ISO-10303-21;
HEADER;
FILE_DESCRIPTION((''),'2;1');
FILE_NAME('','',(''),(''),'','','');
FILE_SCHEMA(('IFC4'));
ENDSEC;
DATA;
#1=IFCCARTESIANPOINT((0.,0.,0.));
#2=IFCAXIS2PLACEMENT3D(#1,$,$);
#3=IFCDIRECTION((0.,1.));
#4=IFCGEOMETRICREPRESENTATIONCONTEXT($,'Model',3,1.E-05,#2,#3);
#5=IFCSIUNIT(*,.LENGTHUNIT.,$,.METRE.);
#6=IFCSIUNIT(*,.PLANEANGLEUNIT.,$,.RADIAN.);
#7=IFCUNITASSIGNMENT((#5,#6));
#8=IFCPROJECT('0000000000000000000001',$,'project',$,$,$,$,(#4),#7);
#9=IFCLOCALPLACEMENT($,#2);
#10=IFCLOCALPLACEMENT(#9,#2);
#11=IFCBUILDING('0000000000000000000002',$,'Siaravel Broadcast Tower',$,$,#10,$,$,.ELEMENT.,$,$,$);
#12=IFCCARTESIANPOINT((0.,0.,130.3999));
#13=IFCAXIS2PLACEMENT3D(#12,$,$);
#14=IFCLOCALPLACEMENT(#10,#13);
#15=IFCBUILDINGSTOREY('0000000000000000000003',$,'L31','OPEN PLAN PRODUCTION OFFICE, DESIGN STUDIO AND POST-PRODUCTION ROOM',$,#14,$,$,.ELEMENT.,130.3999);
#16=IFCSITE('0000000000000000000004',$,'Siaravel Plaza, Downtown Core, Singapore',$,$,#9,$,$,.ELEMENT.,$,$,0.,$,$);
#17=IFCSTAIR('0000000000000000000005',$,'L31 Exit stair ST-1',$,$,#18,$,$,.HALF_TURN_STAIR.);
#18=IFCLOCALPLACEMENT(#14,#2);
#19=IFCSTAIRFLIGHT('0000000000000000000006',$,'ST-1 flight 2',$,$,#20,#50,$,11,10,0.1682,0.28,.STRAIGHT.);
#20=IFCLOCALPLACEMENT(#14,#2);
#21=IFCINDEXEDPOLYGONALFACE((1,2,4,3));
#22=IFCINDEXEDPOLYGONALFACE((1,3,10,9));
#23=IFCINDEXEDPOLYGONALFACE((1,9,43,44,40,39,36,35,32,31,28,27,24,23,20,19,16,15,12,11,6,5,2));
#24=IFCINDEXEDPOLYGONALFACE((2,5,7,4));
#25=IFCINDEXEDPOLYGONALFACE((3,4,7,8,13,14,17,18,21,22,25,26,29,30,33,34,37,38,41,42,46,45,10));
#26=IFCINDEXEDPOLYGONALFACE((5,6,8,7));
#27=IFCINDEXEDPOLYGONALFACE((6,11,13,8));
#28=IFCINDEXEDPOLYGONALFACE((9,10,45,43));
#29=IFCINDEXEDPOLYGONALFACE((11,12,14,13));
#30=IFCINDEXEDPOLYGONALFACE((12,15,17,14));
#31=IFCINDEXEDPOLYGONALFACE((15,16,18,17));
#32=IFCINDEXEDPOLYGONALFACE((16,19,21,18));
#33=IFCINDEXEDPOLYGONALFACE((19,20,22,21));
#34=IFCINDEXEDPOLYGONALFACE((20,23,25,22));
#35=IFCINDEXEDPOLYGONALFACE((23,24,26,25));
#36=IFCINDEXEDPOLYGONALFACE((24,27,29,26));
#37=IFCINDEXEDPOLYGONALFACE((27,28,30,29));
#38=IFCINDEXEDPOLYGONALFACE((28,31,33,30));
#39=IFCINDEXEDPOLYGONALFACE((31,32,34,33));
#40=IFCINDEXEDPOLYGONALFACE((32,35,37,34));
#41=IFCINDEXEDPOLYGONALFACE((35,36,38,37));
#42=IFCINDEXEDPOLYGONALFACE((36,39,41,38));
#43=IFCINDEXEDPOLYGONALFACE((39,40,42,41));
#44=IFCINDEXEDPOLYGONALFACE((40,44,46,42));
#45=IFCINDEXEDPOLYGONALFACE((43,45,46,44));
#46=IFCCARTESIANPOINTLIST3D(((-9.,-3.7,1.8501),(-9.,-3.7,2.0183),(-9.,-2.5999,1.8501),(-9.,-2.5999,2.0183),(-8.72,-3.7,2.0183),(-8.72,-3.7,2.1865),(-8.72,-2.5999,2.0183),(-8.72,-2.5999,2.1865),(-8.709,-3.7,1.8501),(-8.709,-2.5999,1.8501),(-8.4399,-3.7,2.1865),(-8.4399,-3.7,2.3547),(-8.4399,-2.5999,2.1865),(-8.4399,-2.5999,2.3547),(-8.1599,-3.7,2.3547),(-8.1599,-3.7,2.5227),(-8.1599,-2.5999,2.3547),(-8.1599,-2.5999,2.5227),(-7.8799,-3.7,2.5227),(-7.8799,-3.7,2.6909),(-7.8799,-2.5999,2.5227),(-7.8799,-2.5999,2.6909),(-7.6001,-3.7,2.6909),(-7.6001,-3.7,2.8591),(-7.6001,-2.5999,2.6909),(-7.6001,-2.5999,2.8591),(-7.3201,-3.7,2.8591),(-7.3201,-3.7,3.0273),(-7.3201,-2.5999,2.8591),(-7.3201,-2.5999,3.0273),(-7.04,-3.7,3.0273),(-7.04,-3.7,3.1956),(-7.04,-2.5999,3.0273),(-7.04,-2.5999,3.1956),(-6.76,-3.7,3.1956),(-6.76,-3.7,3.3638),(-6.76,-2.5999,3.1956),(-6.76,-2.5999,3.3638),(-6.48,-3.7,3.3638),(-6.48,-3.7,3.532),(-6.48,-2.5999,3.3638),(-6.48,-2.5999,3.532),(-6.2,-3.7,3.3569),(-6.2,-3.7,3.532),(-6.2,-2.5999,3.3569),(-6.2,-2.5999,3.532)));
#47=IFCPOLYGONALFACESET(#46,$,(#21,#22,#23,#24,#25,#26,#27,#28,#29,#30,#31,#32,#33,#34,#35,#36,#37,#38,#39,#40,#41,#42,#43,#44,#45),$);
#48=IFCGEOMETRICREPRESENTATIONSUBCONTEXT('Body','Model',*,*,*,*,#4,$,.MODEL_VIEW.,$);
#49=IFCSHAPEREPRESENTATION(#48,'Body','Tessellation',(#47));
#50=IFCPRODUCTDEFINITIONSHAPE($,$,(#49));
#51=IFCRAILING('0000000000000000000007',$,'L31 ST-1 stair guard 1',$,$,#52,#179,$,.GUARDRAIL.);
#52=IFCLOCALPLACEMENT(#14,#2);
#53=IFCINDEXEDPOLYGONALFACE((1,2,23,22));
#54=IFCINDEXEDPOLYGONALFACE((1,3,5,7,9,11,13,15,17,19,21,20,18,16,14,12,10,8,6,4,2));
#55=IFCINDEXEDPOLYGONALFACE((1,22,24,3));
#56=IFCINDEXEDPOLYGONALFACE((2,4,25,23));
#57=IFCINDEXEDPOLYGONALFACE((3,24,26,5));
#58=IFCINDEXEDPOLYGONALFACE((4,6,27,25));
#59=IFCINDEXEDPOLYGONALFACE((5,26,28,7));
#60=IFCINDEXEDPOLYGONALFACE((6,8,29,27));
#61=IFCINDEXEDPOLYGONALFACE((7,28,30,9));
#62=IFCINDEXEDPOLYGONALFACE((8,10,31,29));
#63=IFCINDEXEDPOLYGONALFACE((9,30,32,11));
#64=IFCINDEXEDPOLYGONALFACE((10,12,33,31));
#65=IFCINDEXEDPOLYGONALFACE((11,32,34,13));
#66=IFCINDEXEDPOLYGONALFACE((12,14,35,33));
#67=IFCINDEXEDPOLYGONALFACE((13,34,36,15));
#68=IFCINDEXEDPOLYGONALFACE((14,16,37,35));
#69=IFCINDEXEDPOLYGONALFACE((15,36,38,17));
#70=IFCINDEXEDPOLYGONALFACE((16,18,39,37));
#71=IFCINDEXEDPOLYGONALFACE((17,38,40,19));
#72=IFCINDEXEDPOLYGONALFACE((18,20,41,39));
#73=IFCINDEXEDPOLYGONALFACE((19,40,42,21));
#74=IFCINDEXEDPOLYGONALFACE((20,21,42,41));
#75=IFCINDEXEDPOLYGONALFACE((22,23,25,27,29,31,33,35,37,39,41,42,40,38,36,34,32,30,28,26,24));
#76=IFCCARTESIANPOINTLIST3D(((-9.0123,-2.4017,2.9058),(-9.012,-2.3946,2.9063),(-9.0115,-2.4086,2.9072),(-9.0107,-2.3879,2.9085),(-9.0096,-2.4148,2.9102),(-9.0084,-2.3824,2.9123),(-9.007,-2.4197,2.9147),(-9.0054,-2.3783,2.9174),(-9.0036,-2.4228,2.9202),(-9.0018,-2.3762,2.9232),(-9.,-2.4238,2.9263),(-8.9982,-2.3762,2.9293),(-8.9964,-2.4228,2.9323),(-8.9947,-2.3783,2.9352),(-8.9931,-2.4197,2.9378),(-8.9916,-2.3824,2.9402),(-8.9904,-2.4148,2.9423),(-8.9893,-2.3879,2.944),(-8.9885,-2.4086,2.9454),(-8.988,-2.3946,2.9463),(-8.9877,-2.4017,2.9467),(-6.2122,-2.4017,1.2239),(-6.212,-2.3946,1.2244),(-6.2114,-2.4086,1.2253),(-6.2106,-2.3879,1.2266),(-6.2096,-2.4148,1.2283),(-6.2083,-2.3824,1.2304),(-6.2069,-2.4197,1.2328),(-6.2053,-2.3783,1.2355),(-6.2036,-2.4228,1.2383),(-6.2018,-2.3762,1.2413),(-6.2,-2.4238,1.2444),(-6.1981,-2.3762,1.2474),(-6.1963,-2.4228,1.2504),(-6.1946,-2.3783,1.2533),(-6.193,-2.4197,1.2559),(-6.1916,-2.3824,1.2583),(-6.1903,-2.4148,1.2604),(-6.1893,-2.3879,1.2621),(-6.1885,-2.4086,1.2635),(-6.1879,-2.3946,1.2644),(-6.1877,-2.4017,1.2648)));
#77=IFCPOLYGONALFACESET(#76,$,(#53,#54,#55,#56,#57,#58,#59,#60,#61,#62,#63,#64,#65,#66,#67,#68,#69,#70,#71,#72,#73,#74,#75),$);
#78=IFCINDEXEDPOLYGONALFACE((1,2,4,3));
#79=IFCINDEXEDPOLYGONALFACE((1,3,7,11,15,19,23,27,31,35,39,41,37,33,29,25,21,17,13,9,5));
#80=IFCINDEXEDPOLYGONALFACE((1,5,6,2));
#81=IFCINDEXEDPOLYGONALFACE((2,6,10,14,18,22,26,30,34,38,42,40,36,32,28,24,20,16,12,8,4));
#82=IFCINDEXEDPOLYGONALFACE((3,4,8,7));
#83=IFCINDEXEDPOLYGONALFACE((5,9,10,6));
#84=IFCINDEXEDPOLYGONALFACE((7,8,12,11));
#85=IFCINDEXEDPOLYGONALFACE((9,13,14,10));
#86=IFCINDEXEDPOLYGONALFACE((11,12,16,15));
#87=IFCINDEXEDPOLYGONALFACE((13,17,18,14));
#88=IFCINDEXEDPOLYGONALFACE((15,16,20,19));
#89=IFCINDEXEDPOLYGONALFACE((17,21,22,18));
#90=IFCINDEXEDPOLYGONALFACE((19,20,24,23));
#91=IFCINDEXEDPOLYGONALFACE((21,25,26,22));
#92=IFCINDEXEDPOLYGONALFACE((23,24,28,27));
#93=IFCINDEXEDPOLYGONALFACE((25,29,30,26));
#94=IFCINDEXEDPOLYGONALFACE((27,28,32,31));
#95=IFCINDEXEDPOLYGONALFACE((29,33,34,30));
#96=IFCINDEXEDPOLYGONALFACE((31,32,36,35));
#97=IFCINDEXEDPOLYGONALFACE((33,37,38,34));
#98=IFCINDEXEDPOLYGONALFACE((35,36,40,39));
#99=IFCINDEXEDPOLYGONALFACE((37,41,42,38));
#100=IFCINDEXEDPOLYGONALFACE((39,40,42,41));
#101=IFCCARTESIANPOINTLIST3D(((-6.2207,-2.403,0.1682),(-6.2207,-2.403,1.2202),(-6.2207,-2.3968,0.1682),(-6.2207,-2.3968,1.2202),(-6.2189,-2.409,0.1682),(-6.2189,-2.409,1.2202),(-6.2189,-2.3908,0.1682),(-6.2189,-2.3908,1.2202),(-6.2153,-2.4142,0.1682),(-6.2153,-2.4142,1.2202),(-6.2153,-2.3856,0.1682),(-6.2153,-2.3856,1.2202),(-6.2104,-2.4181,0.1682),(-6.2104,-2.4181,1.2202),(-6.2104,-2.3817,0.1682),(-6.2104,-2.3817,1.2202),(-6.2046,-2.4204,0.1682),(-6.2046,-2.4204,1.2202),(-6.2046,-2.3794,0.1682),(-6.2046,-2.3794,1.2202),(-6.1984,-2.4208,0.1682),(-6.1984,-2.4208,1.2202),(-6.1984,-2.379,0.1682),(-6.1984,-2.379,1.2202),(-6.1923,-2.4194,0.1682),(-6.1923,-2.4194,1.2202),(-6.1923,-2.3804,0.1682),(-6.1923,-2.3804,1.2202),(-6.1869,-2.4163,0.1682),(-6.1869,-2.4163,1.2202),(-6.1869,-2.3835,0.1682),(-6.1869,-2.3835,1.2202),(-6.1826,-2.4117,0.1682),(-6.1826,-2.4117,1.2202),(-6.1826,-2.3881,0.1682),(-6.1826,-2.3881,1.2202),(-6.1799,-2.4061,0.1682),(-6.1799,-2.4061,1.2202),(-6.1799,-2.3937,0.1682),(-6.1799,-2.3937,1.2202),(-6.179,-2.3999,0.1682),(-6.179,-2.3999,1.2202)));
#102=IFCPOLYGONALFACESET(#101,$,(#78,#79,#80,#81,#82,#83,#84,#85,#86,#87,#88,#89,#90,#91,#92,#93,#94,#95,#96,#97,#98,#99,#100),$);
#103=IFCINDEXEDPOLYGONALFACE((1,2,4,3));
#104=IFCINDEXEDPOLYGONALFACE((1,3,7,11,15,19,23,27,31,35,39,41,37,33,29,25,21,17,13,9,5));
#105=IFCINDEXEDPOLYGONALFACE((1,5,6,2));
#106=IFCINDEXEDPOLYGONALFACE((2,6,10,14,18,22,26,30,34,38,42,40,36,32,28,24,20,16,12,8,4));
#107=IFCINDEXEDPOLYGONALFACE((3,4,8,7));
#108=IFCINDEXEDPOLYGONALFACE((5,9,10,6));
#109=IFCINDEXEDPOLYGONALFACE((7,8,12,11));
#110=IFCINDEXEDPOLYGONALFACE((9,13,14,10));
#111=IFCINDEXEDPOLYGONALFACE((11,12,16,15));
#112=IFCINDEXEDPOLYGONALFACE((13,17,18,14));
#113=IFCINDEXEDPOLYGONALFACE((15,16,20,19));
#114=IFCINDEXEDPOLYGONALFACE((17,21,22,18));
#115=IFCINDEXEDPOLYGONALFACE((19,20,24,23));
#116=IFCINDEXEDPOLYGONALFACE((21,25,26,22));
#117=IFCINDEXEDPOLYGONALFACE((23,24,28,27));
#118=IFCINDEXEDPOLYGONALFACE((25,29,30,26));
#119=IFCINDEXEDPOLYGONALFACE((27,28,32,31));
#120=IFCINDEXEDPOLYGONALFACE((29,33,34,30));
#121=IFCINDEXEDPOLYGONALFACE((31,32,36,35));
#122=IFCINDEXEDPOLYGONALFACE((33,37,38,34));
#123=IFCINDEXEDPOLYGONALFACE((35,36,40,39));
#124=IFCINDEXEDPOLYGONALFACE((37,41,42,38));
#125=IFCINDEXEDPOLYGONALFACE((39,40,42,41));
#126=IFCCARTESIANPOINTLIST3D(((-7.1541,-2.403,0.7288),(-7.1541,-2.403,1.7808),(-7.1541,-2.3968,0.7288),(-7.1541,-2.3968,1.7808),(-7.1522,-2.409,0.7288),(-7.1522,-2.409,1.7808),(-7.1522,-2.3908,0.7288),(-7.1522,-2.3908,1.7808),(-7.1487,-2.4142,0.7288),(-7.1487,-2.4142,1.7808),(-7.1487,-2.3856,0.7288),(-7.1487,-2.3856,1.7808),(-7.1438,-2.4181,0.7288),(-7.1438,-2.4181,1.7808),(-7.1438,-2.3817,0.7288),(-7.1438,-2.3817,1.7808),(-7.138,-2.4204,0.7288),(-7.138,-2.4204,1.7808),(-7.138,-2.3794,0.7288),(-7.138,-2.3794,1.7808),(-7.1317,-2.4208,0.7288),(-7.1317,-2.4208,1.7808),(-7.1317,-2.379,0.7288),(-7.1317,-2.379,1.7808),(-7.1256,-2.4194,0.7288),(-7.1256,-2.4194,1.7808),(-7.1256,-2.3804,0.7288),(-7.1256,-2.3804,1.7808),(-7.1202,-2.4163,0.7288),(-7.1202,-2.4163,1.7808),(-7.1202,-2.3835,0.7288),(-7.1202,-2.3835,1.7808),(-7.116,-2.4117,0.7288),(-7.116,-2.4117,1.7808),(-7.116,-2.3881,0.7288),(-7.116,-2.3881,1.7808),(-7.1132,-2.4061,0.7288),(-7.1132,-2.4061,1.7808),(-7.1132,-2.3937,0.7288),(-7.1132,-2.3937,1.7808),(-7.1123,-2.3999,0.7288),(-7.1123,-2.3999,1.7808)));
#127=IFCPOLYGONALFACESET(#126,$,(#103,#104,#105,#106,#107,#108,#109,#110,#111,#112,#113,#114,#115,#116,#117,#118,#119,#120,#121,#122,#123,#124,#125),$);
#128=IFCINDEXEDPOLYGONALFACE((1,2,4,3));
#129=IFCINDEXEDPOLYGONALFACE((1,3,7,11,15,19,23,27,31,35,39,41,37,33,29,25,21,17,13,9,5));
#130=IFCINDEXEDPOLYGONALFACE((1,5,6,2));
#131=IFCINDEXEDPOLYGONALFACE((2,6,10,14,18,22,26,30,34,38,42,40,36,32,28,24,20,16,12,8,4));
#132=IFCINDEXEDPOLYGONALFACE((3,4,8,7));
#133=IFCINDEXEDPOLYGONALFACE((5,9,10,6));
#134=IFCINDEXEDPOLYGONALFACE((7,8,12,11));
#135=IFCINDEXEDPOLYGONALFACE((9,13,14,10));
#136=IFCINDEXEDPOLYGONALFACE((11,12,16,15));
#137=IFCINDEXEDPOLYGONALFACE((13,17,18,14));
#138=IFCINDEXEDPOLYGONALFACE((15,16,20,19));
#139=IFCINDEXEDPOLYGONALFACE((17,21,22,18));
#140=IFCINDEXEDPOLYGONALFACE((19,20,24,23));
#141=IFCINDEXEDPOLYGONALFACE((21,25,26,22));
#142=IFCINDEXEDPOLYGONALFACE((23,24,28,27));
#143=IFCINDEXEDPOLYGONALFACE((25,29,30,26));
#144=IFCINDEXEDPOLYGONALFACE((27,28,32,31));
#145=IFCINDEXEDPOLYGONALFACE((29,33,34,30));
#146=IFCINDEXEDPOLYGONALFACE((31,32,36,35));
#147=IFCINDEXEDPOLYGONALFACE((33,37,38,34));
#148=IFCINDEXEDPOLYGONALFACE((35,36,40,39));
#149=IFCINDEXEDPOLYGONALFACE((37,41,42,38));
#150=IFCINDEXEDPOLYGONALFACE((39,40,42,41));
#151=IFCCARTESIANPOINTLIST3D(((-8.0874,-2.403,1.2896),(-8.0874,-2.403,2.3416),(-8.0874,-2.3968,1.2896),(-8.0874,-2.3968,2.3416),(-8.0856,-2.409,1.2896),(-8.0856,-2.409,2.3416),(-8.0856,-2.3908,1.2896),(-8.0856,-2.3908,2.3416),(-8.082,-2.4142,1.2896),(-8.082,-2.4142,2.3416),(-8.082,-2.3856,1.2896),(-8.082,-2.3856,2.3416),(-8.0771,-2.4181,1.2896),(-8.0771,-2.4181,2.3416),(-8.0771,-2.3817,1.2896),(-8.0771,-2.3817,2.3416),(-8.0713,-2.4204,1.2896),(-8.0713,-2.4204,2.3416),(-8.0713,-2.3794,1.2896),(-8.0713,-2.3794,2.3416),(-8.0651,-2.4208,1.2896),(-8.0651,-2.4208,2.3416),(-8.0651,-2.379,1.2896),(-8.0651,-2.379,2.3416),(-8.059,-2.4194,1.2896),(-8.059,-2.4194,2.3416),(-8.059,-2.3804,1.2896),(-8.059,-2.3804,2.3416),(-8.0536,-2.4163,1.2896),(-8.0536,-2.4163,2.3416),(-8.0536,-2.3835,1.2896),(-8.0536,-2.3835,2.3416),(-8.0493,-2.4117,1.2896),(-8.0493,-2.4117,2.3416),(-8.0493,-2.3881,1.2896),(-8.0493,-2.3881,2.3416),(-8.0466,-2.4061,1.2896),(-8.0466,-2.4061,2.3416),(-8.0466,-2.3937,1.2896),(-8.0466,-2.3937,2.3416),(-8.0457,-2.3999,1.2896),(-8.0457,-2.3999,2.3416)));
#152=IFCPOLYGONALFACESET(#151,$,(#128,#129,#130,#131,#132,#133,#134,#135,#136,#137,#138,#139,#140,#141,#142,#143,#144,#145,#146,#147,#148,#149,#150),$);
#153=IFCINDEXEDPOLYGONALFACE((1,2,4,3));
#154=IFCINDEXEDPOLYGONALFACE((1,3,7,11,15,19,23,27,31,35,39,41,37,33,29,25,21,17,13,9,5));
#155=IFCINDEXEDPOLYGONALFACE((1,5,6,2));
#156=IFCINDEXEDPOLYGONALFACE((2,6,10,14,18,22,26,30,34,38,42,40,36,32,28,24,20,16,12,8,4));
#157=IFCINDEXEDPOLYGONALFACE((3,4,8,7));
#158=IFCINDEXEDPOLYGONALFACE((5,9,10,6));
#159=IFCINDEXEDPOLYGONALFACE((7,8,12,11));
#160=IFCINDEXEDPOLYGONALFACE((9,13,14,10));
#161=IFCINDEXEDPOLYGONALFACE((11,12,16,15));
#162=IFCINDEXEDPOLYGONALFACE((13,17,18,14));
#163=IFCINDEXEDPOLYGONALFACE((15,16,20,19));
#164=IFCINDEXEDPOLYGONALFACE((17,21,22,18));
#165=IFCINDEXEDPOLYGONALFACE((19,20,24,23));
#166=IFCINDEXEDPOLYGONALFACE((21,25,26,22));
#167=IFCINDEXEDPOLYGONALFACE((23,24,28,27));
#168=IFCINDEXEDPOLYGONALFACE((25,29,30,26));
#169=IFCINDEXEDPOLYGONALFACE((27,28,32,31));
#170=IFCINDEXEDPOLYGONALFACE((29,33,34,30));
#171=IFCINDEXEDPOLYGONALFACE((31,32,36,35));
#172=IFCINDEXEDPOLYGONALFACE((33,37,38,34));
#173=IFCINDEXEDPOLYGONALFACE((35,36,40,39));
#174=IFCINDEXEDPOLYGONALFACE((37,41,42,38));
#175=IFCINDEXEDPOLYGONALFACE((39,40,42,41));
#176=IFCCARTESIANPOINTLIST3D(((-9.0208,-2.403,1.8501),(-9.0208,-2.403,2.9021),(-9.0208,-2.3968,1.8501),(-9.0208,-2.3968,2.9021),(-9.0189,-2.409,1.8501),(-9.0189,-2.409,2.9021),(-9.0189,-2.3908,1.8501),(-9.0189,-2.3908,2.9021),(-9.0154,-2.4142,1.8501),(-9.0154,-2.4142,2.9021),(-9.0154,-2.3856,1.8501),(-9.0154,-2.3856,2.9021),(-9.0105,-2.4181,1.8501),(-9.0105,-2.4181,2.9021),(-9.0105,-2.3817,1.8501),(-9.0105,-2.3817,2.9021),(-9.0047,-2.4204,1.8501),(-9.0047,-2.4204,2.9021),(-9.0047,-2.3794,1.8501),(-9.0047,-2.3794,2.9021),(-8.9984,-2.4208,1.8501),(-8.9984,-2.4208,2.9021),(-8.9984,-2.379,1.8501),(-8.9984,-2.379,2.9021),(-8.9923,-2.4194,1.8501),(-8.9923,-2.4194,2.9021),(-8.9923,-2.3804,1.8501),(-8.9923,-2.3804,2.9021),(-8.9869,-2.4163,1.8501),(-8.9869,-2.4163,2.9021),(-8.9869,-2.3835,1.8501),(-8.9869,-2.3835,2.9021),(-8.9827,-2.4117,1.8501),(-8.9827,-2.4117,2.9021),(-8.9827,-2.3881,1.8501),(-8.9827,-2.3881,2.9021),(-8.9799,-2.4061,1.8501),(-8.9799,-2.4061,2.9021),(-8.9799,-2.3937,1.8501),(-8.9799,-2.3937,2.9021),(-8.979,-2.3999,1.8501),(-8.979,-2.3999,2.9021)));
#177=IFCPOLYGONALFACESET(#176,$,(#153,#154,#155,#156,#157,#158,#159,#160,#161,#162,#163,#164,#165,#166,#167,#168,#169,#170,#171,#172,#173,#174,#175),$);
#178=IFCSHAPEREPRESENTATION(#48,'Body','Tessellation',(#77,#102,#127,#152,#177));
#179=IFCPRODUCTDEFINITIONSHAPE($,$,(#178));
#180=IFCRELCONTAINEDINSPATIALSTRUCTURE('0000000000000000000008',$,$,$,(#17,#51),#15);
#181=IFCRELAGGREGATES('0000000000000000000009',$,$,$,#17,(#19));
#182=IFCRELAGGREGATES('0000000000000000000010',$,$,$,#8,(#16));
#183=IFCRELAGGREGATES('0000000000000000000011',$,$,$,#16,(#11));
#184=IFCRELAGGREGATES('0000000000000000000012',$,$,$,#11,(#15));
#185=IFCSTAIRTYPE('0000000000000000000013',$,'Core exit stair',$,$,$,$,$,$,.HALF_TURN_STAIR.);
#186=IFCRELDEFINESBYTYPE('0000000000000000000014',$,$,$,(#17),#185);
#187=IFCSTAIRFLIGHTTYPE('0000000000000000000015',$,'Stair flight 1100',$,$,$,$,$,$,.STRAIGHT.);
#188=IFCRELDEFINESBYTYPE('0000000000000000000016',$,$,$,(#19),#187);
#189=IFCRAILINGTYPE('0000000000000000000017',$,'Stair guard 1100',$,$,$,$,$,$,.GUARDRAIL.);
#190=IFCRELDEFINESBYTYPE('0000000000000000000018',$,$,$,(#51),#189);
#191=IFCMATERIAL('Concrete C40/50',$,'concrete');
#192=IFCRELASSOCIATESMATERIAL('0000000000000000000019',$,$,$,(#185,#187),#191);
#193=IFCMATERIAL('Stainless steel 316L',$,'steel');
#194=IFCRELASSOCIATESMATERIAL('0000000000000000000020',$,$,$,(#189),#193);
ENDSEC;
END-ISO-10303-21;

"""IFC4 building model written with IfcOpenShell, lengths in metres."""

from ifc_helpers import new_model, si_unit, direction, frame, origin, origin_2d, place, context, subcontext, project, spatial, polyline, circle, outline, extrude, material, type_object, element, aggregate, save


model = new_model("IFC4")

# Units and contexts
model_context = context("Model", 3, precision=1e-05, world=origin(), true_north=direction((0.0, 1.0)))
body_context = subcontext(model_context, "Body", "Model", "MODEL_VIEW")
ifc_project = project(units=[si_unit("LENGTHUNIT", "METRE"), si_unit("PLANEANGLEUNIT", "RADIAN")], contexts=[model_context])

# Site, building, storey
site_placement = place(None, origin())
site = spatial("IfcSite", under=ifc_project, at=site_placement, Name="Siaravel Plaza, Downtown Core, Singapore", CompositionType="ELEMENT", RefElevation=0.0)
building_placement = place(site_placement, origin())
building = spatial("IfcBuilding", under=site, at=building_placement, Name="Siaravel Broadcast Tower", CompositionType="ELEMENT")
storey_placement = place(building_placement, frame((0.0, 0.0, 130.3999)))
storey = spatial("IfcBuildingStorey", under=building, at=storey_placement, Name="L31", Description="OPEN PLAN PRODUCTION OFFICE, DESIGN STUDIO AND POST-PRODUCTION ROOM", CompositionType="ELEMENT", Elevation=130.3999)

# Stair, stair flight
ifc_material_1 = material(Name="Concrete C40/50", Category="concrete")
stair_type = type_object("IfcStairType", Name="Core exit stair", PredefinedType="HALF_TURN_STAIR", material=ifc_material_1)
stair_placement = place(storey_placement, origin())
stair = element("IfcStair", 1, at=stair_placement, inside=storey, type_object=stair_type, Name="L31 Exit stair ST-1", PredefinedType="HALF_TURN_STAIR")
stair_flight_type = type_object("IfcStairFlightType", Name="Stair flight 1100", PredefinedType="STRAIGHT", material=ifc_material_1)
stair_flight_1_placement = place(storey_placement, frame((-9.0, -3.1499, 1.8501), z_axis=(0.0, 0.0, 1.0), x_axis=(1.0, 0.0, 0.0)))
stair_flight_1 = element("IfcStairFlight", 2, at=stair_flight_1_placement, type_object=stair_flight_type, Name="ST-1 flight 2", NumberOfRisers=11, NumberOfTreads=10, PredefinedType="STRAIGHT", RiserHeight=0.1682, TreadLength=0.28, context=body_context, shape_type="SweptSolid", body=[
    extrude(outline(polyline([(0.0, 0.0), (0.0, 0.1682), (0.28, 0.1682), (0.28, 0.3364), (0.5601, 0.3364), (0.5601, 0.5046), (0.8401, 0.5046), (0.8401, 0.6726), (1.1201, 0.6726), (1.1201, 0.8408), (1.3999, 0.8408), (1.3999, 1.009), (1.6799, 1.009), (1.6799, 1.1772), (1.96, 1.1772), (1.96, 1.3455), (2.24, 1.3455), (2.24, 1.5137), (2.52, 1.5137), (2.52, 1.6819), (2.8, 1.6819), (2.8, 1.8501), (2.8, 1.5068), (0.291, 0.0), (0.0, 0.0)])), frame((0.0, 0.55, 0.0), z_axis=(0.0, -1.0, 0.0), x_axis=(1.0, 0.0, 0.0)), (0.0, 0.0, 1.0), 1.1001),
])
aggregate(stair, [stair_flight_1])

# Railing
ifc_material_2 = material(Name="Stainless steel 316L", Category="steel")
railing_type_1 = type_object("IfcRailingType", Name="Stair guard 1100", PredefinedType="GUARDRAIL", material=ifc_material_2)
railing_1_placement = place(storey_placement, frame((-6.2, -2.3999, 0.1682)))
element("IfcRailing", 3, at=railing_1_placement, inside=storey, type_object=railing_type_1, Name="L31 ST-1 stair guard 1", PredefinedType="GUARDRAIL", context=body_context, shape_type="SweptSolid", body=[
    extrude(circle(Radius=0.0239, at=origin_2d()), frame((0.0, 0.0, 1.0762), z_axis=(-0.857242, 0.0, 0.514913), x_axis=(0.0, -1.0, 0.0)), (0.0, 0.0, 1.0), 3.2664),
    extrude(circle(Radius=0.021, at=origin_2d()), origin(), (0.0, 0.0, 1.0), 1.052),
    extrude(circle(Radius=0.021, at=origin_2d()), frame((-0.9333, 0.0, 0.5605)), (0.0, 0.0, 1.0), 1.052),
    extrude(circle(Radius=0.021, at=origin_2d()), frame((-1.8667, 0.0, 1.1213)), (0.0, 0.0, 1.0), 1.052),
    extrude(circle(Radius=0.021, at=origin_2d()), frame((-2.8, 0.0, 1.6819)), (0.0, 0.0, 1.0), 1.052),
])

save(model, "model.ifc")
